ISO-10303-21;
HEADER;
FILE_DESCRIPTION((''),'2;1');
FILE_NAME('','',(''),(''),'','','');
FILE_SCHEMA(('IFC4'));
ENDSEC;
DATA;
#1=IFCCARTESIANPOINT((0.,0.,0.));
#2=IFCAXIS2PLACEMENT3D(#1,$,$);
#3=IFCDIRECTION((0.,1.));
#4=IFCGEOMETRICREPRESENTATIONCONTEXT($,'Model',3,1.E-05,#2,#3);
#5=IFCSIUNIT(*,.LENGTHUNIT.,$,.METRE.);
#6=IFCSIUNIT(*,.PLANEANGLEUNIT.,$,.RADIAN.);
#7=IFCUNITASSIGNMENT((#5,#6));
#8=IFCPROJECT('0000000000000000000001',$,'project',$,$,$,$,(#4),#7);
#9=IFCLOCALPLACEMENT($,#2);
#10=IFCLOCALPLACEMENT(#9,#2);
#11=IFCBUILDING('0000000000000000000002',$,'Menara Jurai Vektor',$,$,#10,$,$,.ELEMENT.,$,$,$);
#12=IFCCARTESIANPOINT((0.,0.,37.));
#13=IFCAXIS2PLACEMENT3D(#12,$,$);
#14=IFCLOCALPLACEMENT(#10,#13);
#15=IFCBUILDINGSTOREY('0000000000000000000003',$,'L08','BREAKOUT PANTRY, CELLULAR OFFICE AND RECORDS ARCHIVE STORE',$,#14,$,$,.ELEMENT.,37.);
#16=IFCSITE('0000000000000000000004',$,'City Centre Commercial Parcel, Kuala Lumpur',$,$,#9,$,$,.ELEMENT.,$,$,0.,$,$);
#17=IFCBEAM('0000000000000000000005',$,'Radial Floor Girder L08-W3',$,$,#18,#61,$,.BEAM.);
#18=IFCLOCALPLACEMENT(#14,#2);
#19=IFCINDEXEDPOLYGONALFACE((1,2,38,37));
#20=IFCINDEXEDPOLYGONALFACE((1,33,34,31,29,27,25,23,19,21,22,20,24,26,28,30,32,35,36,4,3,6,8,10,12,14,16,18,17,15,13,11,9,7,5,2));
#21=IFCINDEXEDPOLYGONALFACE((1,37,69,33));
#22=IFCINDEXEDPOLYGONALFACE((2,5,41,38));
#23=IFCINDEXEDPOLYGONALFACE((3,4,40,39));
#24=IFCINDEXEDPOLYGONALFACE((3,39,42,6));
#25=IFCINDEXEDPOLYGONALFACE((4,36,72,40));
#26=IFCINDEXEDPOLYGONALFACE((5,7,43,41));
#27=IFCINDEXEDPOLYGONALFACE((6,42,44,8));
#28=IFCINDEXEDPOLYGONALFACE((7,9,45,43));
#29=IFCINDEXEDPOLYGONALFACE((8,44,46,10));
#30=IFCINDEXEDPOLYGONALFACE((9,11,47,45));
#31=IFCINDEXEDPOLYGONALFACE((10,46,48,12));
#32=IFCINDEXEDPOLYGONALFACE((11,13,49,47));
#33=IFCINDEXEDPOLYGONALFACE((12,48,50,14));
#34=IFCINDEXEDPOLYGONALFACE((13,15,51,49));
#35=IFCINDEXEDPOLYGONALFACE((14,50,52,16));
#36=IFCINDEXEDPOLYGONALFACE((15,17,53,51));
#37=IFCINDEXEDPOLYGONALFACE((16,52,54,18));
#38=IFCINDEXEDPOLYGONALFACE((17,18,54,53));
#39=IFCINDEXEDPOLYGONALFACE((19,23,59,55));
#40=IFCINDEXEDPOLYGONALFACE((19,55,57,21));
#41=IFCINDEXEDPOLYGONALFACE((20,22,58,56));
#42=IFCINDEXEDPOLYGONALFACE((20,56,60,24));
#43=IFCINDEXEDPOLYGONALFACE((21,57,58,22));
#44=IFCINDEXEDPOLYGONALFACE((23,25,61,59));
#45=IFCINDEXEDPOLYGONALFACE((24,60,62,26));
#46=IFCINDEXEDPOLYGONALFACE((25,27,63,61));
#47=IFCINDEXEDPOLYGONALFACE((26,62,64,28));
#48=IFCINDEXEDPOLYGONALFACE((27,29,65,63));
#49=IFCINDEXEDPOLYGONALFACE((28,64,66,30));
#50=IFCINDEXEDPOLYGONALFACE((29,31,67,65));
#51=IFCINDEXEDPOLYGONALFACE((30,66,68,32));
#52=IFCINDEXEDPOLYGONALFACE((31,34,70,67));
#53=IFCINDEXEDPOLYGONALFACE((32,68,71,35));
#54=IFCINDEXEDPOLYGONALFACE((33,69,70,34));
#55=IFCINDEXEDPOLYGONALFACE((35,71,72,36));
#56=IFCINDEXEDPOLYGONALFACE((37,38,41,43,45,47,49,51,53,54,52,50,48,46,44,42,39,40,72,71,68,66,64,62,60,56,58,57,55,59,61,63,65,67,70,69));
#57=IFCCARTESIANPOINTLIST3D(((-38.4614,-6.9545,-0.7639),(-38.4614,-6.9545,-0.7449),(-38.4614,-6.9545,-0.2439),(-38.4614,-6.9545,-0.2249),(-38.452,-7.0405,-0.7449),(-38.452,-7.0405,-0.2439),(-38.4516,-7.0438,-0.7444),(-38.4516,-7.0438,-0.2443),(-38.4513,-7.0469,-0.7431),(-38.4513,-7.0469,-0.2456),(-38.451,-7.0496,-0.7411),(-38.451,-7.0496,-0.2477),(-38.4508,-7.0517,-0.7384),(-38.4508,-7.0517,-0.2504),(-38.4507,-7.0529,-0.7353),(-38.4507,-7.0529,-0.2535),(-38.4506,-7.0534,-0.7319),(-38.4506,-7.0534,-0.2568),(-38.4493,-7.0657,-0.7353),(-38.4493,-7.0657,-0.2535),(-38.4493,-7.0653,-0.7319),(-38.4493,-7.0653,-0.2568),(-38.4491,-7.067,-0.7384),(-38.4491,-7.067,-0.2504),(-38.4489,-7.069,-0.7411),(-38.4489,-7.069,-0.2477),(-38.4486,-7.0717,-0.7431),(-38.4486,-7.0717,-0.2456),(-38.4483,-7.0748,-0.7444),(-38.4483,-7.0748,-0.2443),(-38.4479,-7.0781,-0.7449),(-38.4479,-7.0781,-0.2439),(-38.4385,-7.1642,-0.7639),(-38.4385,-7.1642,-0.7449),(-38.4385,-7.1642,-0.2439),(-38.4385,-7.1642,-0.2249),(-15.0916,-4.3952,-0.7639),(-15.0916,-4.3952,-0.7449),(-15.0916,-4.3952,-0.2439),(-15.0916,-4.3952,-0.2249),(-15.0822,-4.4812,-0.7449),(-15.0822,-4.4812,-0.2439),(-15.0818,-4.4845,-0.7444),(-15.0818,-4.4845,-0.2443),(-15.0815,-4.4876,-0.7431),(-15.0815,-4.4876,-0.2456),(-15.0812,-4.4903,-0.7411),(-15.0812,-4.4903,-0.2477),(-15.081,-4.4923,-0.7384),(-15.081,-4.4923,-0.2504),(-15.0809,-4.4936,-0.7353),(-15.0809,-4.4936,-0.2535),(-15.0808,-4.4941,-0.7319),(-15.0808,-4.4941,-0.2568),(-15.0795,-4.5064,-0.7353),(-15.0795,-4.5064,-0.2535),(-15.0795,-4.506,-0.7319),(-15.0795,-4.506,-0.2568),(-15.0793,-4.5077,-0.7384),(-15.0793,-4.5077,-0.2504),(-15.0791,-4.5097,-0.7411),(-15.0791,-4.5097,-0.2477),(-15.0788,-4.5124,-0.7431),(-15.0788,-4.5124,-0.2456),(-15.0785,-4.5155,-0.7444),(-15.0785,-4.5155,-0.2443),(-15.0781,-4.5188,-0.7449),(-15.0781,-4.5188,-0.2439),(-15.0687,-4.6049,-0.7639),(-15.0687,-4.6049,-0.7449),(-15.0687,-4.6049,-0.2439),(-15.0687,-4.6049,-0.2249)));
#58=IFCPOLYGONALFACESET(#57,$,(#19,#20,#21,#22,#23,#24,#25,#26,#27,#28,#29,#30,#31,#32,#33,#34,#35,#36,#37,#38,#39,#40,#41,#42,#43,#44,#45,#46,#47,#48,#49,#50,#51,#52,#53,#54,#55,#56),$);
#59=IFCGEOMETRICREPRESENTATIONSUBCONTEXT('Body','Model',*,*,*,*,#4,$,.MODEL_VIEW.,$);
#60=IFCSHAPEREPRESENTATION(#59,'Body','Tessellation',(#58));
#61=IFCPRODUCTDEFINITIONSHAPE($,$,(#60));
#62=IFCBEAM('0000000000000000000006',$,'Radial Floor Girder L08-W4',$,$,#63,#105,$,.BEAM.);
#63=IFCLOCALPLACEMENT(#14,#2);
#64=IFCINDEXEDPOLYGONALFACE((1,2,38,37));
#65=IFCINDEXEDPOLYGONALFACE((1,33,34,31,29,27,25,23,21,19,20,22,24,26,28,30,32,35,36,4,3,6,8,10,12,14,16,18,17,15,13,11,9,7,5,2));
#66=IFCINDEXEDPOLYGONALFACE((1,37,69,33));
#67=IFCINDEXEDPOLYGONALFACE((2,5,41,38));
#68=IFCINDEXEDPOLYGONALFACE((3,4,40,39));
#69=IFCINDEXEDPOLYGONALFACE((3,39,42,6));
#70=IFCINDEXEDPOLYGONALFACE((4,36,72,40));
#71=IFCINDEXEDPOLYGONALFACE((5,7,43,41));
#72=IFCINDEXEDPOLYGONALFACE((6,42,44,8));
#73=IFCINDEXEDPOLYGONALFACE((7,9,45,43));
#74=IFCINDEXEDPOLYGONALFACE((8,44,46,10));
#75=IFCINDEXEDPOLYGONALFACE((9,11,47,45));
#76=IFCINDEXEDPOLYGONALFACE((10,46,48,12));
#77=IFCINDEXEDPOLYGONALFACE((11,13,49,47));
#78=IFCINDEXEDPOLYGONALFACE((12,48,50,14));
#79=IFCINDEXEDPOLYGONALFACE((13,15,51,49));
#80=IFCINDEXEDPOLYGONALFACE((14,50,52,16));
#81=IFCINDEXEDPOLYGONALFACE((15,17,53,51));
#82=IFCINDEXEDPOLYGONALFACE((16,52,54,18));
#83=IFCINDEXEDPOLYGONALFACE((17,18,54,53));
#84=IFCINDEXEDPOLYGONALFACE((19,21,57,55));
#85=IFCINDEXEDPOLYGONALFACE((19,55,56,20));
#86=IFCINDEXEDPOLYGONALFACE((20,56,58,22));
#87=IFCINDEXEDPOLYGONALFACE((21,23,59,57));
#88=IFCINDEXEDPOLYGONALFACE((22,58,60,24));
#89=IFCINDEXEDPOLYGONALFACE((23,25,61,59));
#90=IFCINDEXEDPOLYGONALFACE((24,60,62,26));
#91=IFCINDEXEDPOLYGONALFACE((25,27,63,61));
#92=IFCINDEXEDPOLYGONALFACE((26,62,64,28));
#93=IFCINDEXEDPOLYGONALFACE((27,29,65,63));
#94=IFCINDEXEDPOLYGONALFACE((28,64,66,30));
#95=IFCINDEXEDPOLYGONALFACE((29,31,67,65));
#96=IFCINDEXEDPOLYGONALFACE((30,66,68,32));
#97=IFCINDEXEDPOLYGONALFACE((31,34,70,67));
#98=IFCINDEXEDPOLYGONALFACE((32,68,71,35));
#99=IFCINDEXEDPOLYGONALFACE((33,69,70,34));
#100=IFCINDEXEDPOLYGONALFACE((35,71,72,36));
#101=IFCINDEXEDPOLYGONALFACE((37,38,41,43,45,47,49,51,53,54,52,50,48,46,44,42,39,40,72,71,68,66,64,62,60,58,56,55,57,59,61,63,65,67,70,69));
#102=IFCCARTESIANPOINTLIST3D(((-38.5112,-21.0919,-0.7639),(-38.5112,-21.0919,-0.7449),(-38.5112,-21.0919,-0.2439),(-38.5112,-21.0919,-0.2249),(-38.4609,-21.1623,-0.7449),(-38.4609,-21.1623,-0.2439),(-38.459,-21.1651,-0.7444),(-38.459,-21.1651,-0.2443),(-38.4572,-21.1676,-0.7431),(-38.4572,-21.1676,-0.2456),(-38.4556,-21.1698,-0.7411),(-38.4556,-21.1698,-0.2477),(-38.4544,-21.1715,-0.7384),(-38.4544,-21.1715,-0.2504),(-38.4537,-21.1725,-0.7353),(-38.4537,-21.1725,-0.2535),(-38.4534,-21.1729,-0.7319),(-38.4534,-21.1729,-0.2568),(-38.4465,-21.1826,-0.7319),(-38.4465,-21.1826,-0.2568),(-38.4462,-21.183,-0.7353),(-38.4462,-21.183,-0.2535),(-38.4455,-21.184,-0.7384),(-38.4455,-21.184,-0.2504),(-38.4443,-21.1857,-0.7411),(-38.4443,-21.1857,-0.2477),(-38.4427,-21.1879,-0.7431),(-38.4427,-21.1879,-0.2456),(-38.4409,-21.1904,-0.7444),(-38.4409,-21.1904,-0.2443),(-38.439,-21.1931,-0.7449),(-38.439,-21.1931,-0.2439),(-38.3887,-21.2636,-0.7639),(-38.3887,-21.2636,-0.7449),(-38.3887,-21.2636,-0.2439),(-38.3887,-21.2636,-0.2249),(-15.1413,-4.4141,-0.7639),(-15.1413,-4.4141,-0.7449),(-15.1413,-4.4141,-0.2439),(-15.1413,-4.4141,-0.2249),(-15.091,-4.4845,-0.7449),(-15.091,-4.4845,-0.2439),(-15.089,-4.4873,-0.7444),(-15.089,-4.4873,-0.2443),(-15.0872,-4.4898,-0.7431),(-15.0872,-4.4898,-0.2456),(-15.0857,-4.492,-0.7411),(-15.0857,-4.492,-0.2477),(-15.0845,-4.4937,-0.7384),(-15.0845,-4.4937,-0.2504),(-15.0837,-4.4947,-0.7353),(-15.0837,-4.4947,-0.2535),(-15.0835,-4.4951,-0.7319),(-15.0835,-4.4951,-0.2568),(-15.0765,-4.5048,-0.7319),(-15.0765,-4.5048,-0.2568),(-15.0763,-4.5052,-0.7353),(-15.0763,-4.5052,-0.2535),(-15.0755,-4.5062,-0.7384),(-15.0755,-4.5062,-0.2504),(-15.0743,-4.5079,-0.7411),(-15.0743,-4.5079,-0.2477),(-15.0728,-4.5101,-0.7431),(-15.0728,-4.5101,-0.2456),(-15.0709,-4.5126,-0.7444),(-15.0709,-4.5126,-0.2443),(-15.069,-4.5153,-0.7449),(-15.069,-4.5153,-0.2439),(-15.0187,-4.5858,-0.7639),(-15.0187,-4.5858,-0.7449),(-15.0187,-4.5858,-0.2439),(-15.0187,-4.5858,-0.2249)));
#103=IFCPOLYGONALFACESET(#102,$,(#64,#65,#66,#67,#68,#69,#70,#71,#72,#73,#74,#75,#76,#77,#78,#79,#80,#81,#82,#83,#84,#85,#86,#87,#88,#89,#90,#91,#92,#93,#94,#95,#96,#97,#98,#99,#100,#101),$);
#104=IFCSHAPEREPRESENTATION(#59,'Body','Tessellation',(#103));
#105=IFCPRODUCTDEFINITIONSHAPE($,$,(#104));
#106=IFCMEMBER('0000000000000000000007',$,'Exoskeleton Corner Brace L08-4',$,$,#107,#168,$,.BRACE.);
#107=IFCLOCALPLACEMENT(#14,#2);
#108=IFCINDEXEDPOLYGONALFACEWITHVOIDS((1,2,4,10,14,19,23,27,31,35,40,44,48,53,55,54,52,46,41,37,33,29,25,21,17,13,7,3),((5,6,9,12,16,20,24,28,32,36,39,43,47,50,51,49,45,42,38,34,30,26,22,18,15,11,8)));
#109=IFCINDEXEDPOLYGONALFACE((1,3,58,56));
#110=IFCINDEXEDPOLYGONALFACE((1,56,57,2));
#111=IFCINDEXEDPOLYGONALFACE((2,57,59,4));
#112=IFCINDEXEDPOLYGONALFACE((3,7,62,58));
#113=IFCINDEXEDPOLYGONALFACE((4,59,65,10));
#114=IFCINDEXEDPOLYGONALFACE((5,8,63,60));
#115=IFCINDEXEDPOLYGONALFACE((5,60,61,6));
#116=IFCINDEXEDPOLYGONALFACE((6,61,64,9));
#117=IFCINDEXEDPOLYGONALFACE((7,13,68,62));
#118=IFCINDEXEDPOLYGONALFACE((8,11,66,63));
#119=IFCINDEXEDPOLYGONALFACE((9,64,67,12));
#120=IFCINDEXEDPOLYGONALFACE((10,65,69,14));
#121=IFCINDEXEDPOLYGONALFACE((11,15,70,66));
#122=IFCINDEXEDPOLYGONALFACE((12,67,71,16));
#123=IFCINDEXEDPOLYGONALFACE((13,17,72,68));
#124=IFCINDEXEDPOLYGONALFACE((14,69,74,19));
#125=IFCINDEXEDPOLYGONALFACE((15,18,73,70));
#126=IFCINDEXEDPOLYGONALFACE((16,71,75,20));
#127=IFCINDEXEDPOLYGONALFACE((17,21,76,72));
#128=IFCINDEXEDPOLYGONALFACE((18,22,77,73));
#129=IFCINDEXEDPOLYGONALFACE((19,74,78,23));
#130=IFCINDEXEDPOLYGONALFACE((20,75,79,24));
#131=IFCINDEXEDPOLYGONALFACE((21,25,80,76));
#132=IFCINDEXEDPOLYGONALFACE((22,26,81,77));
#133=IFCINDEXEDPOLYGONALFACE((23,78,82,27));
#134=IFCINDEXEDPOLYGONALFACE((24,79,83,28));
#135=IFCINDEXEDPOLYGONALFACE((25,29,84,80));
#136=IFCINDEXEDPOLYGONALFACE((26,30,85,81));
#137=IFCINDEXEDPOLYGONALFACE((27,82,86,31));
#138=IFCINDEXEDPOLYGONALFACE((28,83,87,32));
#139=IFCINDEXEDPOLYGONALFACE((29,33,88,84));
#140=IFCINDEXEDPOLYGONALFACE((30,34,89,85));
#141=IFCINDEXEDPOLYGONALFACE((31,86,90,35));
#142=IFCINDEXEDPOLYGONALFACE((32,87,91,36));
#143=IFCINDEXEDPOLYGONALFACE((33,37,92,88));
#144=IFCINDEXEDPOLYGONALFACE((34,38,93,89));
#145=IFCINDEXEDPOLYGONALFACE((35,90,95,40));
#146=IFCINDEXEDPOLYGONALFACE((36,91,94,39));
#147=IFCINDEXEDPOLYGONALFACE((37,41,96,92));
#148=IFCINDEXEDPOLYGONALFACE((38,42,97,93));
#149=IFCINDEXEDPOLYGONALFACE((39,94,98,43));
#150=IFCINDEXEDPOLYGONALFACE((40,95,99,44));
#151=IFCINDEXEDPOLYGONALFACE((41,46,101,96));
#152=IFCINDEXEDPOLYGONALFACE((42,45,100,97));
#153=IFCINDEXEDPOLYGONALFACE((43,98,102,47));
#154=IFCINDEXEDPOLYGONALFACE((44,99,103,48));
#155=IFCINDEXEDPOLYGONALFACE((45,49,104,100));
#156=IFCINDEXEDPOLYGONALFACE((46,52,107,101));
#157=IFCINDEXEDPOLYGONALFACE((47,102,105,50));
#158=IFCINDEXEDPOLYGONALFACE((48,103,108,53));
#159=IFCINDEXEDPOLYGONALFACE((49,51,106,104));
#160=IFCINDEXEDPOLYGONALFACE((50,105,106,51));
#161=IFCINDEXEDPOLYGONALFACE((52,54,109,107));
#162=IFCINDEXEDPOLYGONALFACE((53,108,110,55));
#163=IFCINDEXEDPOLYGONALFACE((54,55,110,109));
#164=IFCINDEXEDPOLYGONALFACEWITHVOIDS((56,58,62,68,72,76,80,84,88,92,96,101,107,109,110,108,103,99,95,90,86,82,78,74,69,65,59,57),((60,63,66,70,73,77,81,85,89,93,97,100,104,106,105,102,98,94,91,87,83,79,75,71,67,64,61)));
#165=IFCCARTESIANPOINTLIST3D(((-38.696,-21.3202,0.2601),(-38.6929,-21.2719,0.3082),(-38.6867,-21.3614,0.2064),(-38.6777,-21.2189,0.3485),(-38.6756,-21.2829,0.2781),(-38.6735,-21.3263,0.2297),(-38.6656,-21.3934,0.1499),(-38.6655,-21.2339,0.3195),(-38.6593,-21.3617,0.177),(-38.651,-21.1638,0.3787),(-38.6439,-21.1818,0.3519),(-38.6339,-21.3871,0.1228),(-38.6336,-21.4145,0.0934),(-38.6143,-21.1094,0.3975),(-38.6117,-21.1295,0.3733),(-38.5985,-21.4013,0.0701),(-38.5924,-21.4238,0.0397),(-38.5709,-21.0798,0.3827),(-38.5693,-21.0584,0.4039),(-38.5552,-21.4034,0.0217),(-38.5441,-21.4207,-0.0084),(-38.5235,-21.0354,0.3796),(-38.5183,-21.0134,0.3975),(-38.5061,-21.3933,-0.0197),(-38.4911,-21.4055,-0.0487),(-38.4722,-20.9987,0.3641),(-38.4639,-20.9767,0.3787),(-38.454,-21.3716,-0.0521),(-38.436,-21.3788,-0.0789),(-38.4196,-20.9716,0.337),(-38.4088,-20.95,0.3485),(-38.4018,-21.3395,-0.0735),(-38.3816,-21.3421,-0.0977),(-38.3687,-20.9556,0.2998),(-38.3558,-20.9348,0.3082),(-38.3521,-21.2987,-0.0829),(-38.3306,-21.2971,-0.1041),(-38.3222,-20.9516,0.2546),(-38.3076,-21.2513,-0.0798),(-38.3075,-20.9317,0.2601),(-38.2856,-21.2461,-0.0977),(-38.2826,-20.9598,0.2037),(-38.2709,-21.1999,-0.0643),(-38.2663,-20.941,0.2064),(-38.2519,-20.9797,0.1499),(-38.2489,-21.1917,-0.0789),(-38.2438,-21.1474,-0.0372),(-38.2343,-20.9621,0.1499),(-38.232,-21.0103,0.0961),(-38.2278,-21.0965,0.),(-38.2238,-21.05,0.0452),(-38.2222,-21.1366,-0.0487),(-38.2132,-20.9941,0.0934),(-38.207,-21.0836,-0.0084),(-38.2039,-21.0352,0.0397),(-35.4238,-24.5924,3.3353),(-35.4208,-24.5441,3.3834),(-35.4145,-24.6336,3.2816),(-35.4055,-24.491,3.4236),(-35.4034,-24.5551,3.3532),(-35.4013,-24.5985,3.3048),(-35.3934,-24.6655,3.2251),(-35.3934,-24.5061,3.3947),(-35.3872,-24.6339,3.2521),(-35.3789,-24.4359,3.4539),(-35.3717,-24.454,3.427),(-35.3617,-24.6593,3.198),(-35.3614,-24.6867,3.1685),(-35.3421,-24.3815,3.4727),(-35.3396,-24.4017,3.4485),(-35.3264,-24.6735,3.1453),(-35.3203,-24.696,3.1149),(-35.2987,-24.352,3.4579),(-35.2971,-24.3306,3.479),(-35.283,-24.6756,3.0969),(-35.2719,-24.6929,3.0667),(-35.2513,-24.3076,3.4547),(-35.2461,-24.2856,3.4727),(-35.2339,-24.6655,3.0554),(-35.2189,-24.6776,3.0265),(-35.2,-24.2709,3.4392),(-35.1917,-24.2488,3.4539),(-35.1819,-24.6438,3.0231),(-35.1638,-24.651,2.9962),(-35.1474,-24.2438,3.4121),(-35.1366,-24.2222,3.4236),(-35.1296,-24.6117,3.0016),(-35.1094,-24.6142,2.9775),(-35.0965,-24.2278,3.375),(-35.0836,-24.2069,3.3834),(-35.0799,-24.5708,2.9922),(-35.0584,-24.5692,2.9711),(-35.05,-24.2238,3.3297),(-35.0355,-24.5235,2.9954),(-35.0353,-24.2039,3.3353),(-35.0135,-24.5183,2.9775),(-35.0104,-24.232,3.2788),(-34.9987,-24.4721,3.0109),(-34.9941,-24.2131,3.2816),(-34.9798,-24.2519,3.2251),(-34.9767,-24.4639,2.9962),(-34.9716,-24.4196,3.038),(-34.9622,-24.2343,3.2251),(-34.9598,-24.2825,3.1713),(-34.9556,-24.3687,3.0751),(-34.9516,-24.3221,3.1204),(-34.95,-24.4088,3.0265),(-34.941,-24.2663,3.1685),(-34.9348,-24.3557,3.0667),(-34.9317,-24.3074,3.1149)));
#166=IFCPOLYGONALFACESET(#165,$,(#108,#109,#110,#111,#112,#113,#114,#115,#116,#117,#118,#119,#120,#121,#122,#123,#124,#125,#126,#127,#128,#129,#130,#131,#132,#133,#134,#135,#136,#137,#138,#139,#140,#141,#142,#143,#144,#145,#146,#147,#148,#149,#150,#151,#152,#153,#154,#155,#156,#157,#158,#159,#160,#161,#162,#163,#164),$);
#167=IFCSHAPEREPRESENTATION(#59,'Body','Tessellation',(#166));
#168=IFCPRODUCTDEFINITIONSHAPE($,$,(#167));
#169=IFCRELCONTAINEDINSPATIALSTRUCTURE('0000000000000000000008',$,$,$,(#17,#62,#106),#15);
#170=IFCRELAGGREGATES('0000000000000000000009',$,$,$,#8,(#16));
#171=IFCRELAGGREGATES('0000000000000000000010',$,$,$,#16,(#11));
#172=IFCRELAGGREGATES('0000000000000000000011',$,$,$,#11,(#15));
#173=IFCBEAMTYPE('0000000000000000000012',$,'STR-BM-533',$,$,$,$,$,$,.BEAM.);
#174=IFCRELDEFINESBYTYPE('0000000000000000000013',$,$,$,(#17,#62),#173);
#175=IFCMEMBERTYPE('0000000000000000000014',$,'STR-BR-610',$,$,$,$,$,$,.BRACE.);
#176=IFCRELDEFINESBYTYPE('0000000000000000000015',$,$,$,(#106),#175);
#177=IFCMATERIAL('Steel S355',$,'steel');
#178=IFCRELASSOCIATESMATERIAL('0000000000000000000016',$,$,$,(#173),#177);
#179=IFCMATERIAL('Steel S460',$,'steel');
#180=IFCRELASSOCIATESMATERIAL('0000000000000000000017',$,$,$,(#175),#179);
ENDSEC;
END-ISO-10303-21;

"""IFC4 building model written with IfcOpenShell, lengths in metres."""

from ifc_helpers import new_model, si_unit, direction, frame, origin, origin_2d, place, context, subcontext, project, spatial, hollow_circle, i_section, extrude, material, material_profile, profile_set, type_object, element, save


model = new_model("IFC4")

# Units and contexts
model_context = context("Model", 3, precision=1e-05, world=origin(), true_north=direction((0.0, 1.0)))
body_context = subcontext(model_context, "Body", "Model", "MODEL_VIEW")
ifc_project = project(units=[si_unit("LENGTHUNIT", "METRE"), si_unit("PLANEANGLEUNIT", "RADIAN")], contexts=[model_context])

# Site, building, storey
site_placement = place(None, origin())
site = spatial("IfcSite", under=ifc_project, at=site_placement, Name="City Centre Commercial Parcel, Kuala Lumpur", CompositionType="ELEMENT", RefElevation=0.0)
building_placement = place(site_placement, origin())
building = spatial("IfcBuilding", under=site, at=building_placement, Name="Menara Jurai Vektor", CompositionType="ELEMENT")
storey_placement = place(building_placement, frame((0.0, 0.0, 37.0)))
storey = spatial("IfcBuildingStorey", under=building, at=storey_placement, Name="L08", Description="BREAKOUT PANTRY, CELLULAR OFFICE AND RECORDS ARCHIVE STORE", CompositionType="ELEMENT", Elevation=37.0)

# Shared definitions
ifc_material_1 = material(Name="Steel S460", Category="steel")

# Beams
ifc_material_2 = material(Name="Steel S355", Category="steel")
ifc_material_profile_1 = material_profile(ifc_material_2, i_section(OverallWidth=0.2109, OverallDepth=0.5391, WebThickness=0.012, FlangeThickness=0.019, FilletRadius=0.0129, at=origin_2d()), Name="UKB 533x210x109")
ifc_profile_set_1 = profile_set([ifc_material_profile_1], Name="Steel S355")
beam_type_1 = type_object("IfcBeamType", Name="STR-BM-533", PredefinedType="BEAM", material=ifc_profile_set_1)
beam_1_placement = place(storey_placement, frame((-38.45, -7.0593, -0.4944), z_axis=(0.994057, 0.108863, 0.0), x_axis=(-0.108863, 0.994057, 0.0)))
element("IfcBeam", 1, at=beam_1_placement, inside=storey, type_object=beam_type_1, Name="Radial Floor Girder L08-W3", PredefinedType="BEAM", context=body_context, shape_type="SweptSolid", body=[
    extrude(i_section(OverallWidth=0.2109, OverallDepth=0.5391, WebThickness=0.012, FlangeThickness=0.019, FilletRadius=0.0129, at=origin_2d()), origin(), (0.0, 0.0, 1.0), 23.5095),
])
beam_2_placement = place(storey_placement, frame((-38.45, -21.1777, -0.4944), z_axis=(0.813981, 0.580891, 0.0), x_axis=(-0.580891, 0.813981, 0.0)))
element("IfcBeam", 2, at=beam_2_placement, inside=storey, type_object=beam_type_1, Name="Radial Floor Girder L08-W4", PredefinedType="BEAM", context=body_context, shape_type="SweptSolid", body=[
    extrude(i_section(OverallWidth=0.2109, OverallDepth=0.5391, WebThickness=0.012, FlangeThickness=0.019, FilletRadius=0.0129, at=origin_2d()), origin(), (0.0, 0.0, 1.0), 28.7107),
])

# Member
ifc_material_profile_2 = material_profile(ifc_material_1, hollow_circle(Radius=0.3049, WallThickness=0.0249, at=origin_2d()), Name="CHS 610x25")
ifc_profile_set_2 = profile_set([ifc_material_profile_2], Name="Steel S460")
member_type_1 = type_object("IfcMemberType", Name="STR-BR-610", PredefinedType="BRACE", material=ifc_profile_set_2)
member_1_placement = place(storey_placement, frame((-38.45, -21.1777, 0.1499), z_axis=(0.588928, -0.588928, 0.553469), x_axis=(0.707107, 0.707107, 0.0)))
element("IfcMember", 3, at=member_1_placement, inside=storey, type_object=member_type_1, Name="Exoskeleton Corner Brace L08-4", PredefinedType="BRACE", context=body_context, shape_type="SweptSolid", body=[
    extrude(hollow_circle(Radius=0.3049, WallThickness=0.0249, at=origin_2d()), origin(), (0.0, 0.0, 1.0), 5.5562),
])

save(model, "model.ifc")
